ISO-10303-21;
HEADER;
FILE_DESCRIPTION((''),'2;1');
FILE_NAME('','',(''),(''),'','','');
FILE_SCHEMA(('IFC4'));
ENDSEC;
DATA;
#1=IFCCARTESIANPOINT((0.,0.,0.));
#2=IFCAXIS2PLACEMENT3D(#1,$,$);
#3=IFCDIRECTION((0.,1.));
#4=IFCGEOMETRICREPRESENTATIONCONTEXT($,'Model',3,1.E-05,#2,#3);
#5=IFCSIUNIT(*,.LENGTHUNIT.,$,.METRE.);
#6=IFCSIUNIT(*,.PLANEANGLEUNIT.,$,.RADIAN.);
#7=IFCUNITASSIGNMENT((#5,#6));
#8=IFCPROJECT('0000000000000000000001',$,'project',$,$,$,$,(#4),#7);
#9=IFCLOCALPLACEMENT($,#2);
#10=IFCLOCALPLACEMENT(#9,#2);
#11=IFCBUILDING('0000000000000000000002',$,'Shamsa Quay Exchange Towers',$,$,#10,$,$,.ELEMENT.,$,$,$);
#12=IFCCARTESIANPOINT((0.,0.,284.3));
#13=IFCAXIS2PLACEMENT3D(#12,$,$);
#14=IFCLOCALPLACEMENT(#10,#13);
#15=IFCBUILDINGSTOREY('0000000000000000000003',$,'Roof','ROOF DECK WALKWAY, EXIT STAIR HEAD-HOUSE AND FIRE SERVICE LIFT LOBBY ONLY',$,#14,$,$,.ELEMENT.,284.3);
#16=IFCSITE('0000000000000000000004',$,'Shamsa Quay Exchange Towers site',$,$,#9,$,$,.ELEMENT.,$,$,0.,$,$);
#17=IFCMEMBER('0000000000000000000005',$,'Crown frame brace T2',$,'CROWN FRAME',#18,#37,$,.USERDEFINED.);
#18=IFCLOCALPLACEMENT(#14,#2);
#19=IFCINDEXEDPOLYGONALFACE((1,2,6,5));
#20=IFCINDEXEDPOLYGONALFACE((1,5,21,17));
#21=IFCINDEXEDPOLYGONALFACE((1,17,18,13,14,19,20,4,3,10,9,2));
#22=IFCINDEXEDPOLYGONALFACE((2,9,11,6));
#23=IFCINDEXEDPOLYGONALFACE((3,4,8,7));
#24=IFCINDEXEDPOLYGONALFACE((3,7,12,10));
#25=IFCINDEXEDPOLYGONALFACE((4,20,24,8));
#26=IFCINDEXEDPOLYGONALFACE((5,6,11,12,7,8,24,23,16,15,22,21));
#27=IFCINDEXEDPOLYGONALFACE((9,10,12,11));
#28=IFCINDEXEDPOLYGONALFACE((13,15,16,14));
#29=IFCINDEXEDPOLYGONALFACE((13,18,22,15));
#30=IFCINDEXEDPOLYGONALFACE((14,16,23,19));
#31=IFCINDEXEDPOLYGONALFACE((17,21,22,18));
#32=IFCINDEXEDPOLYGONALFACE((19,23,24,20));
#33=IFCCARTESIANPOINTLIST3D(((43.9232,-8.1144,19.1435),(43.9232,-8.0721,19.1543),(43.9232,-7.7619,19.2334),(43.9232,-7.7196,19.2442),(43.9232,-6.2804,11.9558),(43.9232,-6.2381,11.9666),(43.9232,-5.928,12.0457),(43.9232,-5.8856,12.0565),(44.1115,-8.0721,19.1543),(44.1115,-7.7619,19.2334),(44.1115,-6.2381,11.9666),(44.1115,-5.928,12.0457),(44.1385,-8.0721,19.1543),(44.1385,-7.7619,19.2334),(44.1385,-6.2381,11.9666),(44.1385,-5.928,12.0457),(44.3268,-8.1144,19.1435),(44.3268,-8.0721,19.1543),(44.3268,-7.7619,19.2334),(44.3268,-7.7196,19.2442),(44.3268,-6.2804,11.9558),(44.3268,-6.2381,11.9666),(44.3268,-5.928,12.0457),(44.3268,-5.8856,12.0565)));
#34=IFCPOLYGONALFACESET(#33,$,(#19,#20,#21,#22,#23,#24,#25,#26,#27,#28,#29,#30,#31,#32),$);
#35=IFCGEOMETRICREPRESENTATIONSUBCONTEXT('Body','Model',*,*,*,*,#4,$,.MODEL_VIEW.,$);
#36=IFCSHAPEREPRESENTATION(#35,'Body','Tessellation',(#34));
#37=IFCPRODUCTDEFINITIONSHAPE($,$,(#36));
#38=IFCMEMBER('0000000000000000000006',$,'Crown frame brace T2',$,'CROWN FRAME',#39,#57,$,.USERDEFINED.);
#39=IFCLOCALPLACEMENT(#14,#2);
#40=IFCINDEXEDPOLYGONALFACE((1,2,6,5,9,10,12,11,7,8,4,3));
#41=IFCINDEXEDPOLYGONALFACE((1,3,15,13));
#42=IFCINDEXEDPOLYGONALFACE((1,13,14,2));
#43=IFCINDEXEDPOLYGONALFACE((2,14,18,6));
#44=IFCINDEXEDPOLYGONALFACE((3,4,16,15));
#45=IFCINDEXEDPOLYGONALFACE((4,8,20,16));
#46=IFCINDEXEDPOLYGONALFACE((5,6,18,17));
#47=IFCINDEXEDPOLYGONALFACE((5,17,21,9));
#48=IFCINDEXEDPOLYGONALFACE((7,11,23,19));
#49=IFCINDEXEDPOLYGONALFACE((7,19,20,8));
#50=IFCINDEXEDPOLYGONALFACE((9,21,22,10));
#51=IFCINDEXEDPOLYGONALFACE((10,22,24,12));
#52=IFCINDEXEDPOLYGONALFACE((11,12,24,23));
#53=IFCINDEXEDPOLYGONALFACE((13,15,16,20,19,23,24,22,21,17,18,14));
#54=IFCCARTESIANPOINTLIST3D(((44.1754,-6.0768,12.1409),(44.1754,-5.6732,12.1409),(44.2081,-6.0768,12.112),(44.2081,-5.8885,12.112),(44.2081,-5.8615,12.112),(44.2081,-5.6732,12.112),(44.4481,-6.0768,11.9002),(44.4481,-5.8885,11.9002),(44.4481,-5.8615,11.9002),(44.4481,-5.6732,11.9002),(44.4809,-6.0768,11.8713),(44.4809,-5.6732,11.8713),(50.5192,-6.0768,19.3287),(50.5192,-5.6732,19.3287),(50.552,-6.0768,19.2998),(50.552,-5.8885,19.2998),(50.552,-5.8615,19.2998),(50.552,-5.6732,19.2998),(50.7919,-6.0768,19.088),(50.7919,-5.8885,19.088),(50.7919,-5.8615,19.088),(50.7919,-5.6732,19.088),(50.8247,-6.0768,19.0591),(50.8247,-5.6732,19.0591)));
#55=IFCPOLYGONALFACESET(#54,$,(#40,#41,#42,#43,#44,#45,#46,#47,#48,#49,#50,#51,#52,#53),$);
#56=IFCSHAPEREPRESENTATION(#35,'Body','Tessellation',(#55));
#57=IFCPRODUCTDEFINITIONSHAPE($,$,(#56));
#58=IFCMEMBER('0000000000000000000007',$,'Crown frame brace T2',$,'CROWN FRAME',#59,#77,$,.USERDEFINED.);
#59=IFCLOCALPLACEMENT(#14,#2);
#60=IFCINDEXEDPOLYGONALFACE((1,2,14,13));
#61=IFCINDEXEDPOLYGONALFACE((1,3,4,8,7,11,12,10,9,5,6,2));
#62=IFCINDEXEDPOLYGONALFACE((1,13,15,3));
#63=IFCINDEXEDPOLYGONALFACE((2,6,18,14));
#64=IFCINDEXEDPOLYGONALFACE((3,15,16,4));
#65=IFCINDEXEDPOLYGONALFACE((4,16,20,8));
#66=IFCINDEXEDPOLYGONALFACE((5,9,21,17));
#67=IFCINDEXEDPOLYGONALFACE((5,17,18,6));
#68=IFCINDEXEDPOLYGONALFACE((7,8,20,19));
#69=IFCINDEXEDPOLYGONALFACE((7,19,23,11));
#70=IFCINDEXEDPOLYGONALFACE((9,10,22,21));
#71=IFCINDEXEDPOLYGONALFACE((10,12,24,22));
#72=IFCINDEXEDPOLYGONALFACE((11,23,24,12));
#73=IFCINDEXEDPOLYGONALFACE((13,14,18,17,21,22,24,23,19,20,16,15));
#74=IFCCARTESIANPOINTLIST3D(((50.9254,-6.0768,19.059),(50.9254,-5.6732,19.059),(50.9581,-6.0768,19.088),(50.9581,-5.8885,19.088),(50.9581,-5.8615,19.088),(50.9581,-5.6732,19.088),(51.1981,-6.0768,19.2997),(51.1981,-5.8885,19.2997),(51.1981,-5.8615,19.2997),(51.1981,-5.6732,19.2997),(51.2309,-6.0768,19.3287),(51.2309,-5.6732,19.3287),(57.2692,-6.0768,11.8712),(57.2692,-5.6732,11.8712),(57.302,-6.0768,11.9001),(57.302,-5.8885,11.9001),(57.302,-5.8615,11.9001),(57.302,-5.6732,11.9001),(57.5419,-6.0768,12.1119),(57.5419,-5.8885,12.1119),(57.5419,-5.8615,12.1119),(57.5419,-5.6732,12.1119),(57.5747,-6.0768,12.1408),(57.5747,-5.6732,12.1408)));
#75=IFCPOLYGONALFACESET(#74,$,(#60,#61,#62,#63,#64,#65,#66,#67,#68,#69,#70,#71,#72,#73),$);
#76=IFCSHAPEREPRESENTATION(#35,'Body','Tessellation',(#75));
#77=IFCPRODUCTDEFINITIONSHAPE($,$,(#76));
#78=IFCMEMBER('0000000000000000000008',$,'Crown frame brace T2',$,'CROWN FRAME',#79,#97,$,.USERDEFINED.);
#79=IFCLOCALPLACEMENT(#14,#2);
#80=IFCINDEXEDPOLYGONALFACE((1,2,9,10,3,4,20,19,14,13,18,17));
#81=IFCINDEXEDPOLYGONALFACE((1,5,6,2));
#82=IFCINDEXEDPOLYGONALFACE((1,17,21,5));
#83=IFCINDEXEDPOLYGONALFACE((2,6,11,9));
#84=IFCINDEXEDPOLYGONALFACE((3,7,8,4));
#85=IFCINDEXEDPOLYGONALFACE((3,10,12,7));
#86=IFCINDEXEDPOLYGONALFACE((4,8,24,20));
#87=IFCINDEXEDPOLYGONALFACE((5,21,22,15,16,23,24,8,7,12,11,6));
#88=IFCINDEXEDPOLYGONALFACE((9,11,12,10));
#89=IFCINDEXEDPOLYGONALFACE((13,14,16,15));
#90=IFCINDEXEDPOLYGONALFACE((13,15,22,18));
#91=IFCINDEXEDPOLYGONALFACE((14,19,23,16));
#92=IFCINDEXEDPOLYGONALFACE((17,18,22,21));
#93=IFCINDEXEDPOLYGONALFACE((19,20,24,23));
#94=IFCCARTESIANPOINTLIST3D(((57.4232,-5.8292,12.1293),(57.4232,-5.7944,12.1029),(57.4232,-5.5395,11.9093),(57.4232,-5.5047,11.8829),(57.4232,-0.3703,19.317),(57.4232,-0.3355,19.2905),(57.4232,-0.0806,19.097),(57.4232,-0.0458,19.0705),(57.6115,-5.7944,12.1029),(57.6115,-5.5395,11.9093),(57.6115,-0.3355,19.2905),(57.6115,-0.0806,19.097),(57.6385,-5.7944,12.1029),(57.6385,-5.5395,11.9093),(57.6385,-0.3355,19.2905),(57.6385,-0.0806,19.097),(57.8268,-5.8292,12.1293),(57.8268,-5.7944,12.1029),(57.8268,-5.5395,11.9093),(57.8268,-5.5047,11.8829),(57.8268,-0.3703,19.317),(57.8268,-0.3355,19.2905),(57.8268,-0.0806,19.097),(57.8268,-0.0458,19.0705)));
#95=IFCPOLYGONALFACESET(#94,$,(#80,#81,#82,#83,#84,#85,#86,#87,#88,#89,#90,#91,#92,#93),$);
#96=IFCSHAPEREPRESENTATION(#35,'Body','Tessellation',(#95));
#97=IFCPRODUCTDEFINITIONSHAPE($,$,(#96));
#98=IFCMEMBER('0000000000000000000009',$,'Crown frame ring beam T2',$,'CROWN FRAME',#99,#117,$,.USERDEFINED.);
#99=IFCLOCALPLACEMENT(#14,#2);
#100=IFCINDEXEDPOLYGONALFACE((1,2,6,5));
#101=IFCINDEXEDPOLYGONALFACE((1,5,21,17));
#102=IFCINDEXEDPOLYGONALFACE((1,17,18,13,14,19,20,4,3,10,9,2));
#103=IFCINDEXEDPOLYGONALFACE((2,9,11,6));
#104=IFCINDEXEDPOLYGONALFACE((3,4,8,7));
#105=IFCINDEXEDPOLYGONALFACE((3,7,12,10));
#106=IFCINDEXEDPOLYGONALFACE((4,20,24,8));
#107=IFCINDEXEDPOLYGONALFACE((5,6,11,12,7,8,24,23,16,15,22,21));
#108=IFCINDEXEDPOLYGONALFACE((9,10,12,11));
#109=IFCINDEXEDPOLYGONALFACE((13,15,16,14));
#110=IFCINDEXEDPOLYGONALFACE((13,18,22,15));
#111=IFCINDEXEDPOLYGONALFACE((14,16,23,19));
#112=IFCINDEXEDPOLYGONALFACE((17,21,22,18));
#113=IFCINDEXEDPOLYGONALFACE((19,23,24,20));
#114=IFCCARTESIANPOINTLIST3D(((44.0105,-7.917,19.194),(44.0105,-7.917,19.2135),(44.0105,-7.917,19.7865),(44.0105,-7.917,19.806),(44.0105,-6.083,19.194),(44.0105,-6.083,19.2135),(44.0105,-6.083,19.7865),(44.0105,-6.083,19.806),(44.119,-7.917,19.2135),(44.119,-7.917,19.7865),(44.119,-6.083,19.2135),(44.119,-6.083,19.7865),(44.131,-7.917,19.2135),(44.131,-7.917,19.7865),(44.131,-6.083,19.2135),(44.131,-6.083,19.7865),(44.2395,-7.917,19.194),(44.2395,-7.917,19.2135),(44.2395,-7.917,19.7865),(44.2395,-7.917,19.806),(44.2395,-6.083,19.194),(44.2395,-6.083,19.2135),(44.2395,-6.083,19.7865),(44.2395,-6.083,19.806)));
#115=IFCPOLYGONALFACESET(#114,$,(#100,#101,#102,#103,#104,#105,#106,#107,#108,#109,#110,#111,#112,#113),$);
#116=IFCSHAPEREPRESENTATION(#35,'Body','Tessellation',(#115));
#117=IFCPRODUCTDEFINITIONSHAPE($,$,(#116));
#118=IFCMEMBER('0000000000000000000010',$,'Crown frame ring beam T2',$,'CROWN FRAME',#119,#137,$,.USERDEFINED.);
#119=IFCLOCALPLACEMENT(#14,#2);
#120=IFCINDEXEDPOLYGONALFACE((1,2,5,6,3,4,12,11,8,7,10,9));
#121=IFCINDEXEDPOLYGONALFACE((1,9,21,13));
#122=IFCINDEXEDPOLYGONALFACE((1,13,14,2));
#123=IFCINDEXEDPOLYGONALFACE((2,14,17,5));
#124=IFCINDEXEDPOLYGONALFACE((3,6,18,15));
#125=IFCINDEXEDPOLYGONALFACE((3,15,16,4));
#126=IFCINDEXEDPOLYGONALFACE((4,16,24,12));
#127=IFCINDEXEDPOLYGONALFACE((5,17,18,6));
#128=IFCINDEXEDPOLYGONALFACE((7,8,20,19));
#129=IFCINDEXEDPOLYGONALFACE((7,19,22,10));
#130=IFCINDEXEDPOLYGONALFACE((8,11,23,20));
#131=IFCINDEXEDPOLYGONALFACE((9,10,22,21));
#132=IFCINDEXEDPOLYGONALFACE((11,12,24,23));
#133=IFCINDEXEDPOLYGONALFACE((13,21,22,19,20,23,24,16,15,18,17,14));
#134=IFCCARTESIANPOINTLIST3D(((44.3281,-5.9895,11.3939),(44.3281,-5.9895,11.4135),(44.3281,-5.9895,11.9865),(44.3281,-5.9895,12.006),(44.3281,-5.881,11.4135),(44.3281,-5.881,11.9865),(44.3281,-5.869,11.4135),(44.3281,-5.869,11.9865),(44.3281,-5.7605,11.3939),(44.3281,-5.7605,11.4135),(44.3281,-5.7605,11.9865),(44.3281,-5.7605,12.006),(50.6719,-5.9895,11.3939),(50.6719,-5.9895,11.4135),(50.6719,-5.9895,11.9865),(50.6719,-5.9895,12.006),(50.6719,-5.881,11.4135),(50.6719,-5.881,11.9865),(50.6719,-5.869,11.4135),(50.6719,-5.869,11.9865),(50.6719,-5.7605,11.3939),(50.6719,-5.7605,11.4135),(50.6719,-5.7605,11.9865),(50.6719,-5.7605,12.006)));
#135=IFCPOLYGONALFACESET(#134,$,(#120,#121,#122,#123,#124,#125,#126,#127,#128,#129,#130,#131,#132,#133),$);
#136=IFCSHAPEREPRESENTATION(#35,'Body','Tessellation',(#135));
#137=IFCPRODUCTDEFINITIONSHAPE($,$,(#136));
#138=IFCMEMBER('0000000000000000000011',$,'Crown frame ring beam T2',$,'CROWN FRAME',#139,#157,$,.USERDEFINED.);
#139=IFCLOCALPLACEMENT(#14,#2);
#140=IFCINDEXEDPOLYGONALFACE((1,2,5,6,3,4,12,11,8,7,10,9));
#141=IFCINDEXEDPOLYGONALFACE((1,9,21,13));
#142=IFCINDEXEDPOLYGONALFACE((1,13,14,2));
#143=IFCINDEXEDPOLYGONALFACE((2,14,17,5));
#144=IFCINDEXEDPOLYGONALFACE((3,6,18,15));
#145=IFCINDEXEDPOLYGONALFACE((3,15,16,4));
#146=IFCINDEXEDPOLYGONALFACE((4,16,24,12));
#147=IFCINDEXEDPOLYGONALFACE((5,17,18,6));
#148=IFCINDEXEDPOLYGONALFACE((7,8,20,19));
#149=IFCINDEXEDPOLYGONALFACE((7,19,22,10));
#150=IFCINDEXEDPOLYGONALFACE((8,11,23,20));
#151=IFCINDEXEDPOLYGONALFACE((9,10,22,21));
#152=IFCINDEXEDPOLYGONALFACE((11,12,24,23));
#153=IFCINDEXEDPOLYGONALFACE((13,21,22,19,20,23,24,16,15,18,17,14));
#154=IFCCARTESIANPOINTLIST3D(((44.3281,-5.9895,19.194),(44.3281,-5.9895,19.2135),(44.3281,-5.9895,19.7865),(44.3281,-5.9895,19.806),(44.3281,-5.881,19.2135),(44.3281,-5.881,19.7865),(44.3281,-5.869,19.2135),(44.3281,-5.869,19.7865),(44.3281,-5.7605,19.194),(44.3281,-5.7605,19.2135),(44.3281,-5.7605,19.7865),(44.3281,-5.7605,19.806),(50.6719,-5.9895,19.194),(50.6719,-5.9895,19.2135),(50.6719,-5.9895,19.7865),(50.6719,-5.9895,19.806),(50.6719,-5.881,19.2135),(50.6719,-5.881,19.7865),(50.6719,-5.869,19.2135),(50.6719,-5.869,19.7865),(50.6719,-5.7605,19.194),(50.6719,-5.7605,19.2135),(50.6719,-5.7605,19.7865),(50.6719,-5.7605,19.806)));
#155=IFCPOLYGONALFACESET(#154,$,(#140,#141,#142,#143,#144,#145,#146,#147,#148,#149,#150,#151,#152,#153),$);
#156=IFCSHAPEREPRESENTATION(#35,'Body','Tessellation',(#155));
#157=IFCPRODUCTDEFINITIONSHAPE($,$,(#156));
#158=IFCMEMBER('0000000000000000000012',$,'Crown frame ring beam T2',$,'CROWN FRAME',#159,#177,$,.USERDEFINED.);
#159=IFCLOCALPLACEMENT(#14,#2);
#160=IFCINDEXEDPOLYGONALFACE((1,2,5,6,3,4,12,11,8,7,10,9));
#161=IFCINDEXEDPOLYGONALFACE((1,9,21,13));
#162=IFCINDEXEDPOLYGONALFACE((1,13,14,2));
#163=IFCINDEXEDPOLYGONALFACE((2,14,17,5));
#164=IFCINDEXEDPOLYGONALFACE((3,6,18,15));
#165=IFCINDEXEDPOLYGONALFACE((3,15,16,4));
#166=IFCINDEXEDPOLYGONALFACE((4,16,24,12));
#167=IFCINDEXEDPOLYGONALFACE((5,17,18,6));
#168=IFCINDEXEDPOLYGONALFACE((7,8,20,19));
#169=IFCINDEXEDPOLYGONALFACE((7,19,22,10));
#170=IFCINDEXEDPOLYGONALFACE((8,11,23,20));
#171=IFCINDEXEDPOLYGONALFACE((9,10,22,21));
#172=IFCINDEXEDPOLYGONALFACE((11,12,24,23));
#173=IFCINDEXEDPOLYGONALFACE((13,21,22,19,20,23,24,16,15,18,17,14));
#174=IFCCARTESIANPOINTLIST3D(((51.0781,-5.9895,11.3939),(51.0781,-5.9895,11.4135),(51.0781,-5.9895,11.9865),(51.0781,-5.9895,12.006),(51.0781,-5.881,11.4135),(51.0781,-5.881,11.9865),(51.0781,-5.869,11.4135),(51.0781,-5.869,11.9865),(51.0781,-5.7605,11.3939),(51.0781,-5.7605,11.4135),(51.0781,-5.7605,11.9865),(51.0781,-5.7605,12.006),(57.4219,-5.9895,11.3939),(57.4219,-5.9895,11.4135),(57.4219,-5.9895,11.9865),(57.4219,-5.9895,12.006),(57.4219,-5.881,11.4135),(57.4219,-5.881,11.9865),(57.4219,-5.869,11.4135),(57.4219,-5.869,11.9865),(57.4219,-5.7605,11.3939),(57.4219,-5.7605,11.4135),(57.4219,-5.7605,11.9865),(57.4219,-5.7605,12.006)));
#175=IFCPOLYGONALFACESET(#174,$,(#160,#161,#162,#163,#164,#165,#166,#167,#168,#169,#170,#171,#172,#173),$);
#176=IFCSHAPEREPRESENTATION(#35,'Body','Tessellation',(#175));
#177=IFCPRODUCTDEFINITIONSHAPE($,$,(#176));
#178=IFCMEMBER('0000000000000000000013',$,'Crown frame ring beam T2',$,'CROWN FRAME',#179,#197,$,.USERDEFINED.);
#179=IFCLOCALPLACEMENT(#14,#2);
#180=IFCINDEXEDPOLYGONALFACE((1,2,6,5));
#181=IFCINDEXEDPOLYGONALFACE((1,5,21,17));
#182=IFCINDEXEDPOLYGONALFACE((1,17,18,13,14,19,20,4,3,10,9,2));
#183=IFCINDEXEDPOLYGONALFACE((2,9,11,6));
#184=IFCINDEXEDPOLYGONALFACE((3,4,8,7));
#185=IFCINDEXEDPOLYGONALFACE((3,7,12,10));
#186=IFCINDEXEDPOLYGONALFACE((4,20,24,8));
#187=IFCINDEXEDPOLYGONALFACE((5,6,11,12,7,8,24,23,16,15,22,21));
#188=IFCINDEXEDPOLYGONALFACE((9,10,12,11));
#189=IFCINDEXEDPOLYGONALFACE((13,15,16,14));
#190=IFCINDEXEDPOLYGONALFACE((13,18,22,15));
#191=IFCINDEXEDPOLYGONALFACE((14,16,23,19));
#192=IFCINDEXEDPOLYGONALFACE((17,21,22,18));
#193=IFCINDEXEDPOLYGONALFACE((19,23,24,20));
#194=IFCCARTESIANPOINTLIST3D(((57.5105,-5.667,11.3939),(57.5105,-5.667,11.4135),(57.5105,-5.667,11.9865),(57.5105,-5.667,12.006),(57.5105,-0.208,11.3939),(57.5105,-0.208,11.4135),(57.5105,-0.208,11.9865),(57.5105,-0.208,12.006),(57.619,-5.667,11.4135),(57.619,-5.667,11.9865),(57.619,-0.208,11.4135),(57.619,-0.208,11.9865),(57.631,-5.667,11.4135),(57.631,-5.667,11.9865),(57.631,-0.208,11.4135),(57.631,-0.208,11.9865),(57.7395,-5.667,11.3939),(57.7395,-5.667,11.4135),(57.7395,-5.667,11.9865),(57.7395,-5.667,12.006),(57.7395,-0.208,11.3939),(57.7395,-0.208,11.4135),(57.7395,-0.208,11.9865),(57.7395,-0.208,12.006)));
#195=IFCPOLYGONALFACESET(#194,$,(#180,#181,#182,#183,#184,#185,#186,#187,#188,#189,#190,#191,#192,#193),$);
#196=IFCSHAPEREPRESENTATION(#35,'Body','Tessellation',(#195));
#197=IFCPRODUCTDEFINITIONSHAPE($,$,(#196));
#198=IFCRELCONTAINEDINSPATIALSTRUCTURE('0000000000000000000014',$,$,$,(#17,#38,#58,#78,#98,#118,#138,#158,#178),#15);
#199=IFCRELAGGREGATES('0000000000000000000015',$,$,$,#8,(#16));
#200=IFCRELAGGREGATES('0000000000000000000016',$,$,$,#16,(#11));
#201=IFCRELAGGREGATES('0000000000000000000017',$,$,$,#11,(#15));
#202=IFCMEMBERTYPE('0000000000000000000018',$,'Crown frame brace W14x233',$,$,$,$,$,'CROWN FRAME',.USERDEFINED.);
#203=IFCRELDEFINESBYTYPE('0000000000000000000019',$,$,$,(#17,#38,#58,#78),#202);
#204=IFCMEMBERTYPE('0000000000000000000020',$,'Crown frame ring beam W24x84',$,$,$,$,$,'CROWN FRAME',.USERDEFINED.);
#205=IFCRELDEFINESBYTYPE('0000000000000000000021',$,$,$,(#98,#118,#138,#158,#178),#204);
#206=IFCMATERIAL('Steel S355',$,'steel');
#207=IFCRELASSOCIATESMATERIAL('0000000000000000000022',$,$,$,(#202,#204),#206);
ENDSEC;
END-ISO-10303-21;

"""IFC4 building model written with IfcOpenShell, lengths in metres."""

from ifc_helpers import new_model, si_unit, direction, frame, origin, origin_2d, place, context, subcontext, project, spatial, i_section, extrude, material, material_profile, profile_set, type_object, element, save


model = new_model("IFC4")

# Units and contexts
model_context = context("Model", 3, precision=1e-05, world=origin(), true_north=direction((0.0, 1.0)))
body_context = subcontext(model_context, "Body", "Model", "MODEL_VIEW")
ifc_project = project(units=[si_unit("LENGTHUNIT", "METRE"), si_unit("PLANEANGLEUNIT", "RADIAN")], contexts=[model_context])

# Site, building, storey
site_placement = place(None, origin())
site = spatial("IfcSite", under=ifc_project, at=site_placement, Name="Shamsa Quay Exchange Towers site", CompositionType="ELEMENT", RefElevation=0.0)
building_placement = place(site_placement, origin())
building = spatial("IfcBuilding", under=site, at=building_placement, Name="Shamsa Quay Exchange Towers", CompositionType="ELEMENT")
storey_placement = place(building_placement, frame((0.0, 0.0, 284.3)))
storey = spatial("IfcBuildingStorey", under=building, at=storey_placement, Name="Roof", Description="ROOF DECK WALKWAY, EXIT STAIR HEAD-HOUSE AND FIRE SERVICE LIFT LOBBY ONLY", CompositionType="ELEMENT", Elevation=284.3)

# Members
ifc_material_1 = material(Name="Steel S355", Category="steel")
ifc_material_profile_1 = material_profile(ifc_material_1, i_section(OverallWidth=0.4036, OverallDepth=0.4075, WebThickness=0.0271, FlangeThickness=0.0437, at=origin_2d()), Name="W14x233")
ifc_profile_set_1 = profile_set([ifc_material_profile_1], Name="Steel S355")
member_type_1 = type_object("IfcMemberType", Name="Crown frame brace W14x233", ElementType="CROWN FRAME", PredefinedType="USERDEFINED", material=ifc_profile_set_1)
member_1_placement = place(storey_placement, frame((44.125, -7.917, 19.1938), z_axis=(0.0, 0.247233, -0.968956), x_axis=(-1.0, 0.0, 0.0)))
element("IfcMember", 1, at=member_1_placement, inside=storey, type_object=member_type_1, Name="Crown frame brace T2", ObjectType="CROWN FRAME", PredefinedType="USERDEFINED", context=body_context, shape_type="SweptSolid", body=[
    extrude(i_section(OverallWidth=0.4036, OverallDepth=0.4075, WebThickness=0.0271, FlangeThickness=0.0437, at=origin_2d()), origin(), (0.0, 0.0, 1.0), 7.418),
])
for number, where, z_axis, x_axis, name in (
    (2, (44.3281, -5.875, 12.0061), (0.661717, 0.0, 0.749754), (0.0, 1.0, 0.0), "Crown frame brace T2"),
    (3, (51.0781, -5.875, 19.1938), (0.661717, 0.0, -0.749754), (0.0, 1.0, 0.0), "Crown frame brace T2"),
):
    element("IfcMember", number, at=place(storey_placement, frame(where, z_axis=z_axis, x_axis=x_axis)), inside=storey, type_object=member_type_1, Name=name, ObjectType="CROWN FRAME", PredefinedType="USERDEFINED", context=body_context, shape_type="SweptSolid", body=[
        extrude(i_section(OverallWidth=0.4036, OverallDepth=0.4075, WebThickness=0.0271, FlangeThickness=0.0437, at=origin_2d()), origin(), (0.0, 0.0, 1.0), 9.5869),
    ])
member_2_placement = place(storey_placement, frame((57.625, -5.667, 12.0061), z_axis=(0.0, 0.604823, 0.79636), x_axis=(-1.0, 0.0, 0.0)))
element("IfcMember", 4, at=member_2_placement, inside=storey, type_object=member_type_1, Name="Crown frame brace T2", ObjectType="CROWN FRAME", PredefinedType="USERDEFINED", context=body_context, shape_type="SweptSolid", body=[
    extrude(i_section(OverallWidth=0.4036, OverallDepth=0.4075, WebThickness=0.0271, FlangeThickness=0.0437, at=origin_2d()), origin(), (0.0, 0.0, 1.0), 9.0256),
])
ifc_material_profile_2 = material_profile(ifc_material_1, i_section(OverallWidth=0.229, OverallDepth=0.6121, WebThickness=0.012, FlangeThickness=0.0195, at=origin_2d()), Name="W24x84")
ifc_profile_set_2 = profile_set([ifc_material_profile_2], Name="Steel S355")
member_type_2 = type_object("IfcMemberType", Name="Crown frame ring beam W24x84", ElementType="CROWN FRAME", PredefinedType="USERDEFINED", material=ifc_profile_set_2)
member_3_placement = place(storey_placement, frame((44.125, -7.917, 19.5), z_axis=(0.0, 1.0, 0.0), x_axis=(-1.0, 0.0, 0.0)))
element("IfcMember", 5, at=member_3_placement, inside=storey, type_object=member_type_2, Name="Crown frame ring beam T2", ObjectType="CROWN FRAME", PredefinedType="USERDEFINED", context=body_context, shape_type="SweptSolid", body=[
    extrude(i_section(OverallWidth=0.229, OverallDepth=0.6121, WebThickness=0.012, FlangeThickness=0.0195, at=origin_2d()), origin(), (0.0, 0.0, 1.0), 1.834),
])
for number, where, z_axis, x_axis, name in (
    (6, (44.3281, -5.875, 11.7), (1.0, 0.0, 0.0), (0.0, 1.0, 0.0), "Crown frame ring beam T2"),
    (7, (44.3281, -5.875, 19.5), (1.0, 0.0, 0.0), (0.0, 1.0, 0.0), "Crown frame ring beam T2"),
    (8, (51.0781, -5.875, 11.7), (1.0, 0.0, 0.0), (0.0, 1.0, 0.0), "Crown frame ring beam T2"),
):
    element("IfcMember", number, at=place(storey_placement, frame(where, z_axis=z_axis, x_axis=x_axis)), inside=storey, type_object=member_type_2, Name=name, ObjectType="CROWN FRAME", PredefinedType="USERDEFINED", context=body_context, shape_type="SweptSolid", body=[
        extrude(i_section(OverallWidth=0.229, OverallDepth=0.6121, WebThickness=0.012, FlangeThickness=0.0195, at=origin_2d()), origin(), (0.0, 0.0, 1.0), 6.3438),
    ])
member_4_placement = place(storey_placement, frame((57.625, -5.667, 11.7), z_axis=(0.0, 1.0, 0.0), x_axis=(-1.0, 0.0, 0.0)))
element("IfcMember", 9, at=member_4_placement, inside=storey, type_object=member_type_2, Name="Crown frame ring beam T2", ObjectType="CROWN FRAME", PredefinedType="USERDEFINED", context=body_context, shape_type="SweptSolid", body=[
    extrude(i_section(OverallWidth=0.229, OverallDepth=0.6121, WebThickness=0.012, FlangeThickness=0.0195, at=origin_2d()), origin(), (0.0, 0.0, 1.0), 5.459),
])

save(model, "model.ifc")
